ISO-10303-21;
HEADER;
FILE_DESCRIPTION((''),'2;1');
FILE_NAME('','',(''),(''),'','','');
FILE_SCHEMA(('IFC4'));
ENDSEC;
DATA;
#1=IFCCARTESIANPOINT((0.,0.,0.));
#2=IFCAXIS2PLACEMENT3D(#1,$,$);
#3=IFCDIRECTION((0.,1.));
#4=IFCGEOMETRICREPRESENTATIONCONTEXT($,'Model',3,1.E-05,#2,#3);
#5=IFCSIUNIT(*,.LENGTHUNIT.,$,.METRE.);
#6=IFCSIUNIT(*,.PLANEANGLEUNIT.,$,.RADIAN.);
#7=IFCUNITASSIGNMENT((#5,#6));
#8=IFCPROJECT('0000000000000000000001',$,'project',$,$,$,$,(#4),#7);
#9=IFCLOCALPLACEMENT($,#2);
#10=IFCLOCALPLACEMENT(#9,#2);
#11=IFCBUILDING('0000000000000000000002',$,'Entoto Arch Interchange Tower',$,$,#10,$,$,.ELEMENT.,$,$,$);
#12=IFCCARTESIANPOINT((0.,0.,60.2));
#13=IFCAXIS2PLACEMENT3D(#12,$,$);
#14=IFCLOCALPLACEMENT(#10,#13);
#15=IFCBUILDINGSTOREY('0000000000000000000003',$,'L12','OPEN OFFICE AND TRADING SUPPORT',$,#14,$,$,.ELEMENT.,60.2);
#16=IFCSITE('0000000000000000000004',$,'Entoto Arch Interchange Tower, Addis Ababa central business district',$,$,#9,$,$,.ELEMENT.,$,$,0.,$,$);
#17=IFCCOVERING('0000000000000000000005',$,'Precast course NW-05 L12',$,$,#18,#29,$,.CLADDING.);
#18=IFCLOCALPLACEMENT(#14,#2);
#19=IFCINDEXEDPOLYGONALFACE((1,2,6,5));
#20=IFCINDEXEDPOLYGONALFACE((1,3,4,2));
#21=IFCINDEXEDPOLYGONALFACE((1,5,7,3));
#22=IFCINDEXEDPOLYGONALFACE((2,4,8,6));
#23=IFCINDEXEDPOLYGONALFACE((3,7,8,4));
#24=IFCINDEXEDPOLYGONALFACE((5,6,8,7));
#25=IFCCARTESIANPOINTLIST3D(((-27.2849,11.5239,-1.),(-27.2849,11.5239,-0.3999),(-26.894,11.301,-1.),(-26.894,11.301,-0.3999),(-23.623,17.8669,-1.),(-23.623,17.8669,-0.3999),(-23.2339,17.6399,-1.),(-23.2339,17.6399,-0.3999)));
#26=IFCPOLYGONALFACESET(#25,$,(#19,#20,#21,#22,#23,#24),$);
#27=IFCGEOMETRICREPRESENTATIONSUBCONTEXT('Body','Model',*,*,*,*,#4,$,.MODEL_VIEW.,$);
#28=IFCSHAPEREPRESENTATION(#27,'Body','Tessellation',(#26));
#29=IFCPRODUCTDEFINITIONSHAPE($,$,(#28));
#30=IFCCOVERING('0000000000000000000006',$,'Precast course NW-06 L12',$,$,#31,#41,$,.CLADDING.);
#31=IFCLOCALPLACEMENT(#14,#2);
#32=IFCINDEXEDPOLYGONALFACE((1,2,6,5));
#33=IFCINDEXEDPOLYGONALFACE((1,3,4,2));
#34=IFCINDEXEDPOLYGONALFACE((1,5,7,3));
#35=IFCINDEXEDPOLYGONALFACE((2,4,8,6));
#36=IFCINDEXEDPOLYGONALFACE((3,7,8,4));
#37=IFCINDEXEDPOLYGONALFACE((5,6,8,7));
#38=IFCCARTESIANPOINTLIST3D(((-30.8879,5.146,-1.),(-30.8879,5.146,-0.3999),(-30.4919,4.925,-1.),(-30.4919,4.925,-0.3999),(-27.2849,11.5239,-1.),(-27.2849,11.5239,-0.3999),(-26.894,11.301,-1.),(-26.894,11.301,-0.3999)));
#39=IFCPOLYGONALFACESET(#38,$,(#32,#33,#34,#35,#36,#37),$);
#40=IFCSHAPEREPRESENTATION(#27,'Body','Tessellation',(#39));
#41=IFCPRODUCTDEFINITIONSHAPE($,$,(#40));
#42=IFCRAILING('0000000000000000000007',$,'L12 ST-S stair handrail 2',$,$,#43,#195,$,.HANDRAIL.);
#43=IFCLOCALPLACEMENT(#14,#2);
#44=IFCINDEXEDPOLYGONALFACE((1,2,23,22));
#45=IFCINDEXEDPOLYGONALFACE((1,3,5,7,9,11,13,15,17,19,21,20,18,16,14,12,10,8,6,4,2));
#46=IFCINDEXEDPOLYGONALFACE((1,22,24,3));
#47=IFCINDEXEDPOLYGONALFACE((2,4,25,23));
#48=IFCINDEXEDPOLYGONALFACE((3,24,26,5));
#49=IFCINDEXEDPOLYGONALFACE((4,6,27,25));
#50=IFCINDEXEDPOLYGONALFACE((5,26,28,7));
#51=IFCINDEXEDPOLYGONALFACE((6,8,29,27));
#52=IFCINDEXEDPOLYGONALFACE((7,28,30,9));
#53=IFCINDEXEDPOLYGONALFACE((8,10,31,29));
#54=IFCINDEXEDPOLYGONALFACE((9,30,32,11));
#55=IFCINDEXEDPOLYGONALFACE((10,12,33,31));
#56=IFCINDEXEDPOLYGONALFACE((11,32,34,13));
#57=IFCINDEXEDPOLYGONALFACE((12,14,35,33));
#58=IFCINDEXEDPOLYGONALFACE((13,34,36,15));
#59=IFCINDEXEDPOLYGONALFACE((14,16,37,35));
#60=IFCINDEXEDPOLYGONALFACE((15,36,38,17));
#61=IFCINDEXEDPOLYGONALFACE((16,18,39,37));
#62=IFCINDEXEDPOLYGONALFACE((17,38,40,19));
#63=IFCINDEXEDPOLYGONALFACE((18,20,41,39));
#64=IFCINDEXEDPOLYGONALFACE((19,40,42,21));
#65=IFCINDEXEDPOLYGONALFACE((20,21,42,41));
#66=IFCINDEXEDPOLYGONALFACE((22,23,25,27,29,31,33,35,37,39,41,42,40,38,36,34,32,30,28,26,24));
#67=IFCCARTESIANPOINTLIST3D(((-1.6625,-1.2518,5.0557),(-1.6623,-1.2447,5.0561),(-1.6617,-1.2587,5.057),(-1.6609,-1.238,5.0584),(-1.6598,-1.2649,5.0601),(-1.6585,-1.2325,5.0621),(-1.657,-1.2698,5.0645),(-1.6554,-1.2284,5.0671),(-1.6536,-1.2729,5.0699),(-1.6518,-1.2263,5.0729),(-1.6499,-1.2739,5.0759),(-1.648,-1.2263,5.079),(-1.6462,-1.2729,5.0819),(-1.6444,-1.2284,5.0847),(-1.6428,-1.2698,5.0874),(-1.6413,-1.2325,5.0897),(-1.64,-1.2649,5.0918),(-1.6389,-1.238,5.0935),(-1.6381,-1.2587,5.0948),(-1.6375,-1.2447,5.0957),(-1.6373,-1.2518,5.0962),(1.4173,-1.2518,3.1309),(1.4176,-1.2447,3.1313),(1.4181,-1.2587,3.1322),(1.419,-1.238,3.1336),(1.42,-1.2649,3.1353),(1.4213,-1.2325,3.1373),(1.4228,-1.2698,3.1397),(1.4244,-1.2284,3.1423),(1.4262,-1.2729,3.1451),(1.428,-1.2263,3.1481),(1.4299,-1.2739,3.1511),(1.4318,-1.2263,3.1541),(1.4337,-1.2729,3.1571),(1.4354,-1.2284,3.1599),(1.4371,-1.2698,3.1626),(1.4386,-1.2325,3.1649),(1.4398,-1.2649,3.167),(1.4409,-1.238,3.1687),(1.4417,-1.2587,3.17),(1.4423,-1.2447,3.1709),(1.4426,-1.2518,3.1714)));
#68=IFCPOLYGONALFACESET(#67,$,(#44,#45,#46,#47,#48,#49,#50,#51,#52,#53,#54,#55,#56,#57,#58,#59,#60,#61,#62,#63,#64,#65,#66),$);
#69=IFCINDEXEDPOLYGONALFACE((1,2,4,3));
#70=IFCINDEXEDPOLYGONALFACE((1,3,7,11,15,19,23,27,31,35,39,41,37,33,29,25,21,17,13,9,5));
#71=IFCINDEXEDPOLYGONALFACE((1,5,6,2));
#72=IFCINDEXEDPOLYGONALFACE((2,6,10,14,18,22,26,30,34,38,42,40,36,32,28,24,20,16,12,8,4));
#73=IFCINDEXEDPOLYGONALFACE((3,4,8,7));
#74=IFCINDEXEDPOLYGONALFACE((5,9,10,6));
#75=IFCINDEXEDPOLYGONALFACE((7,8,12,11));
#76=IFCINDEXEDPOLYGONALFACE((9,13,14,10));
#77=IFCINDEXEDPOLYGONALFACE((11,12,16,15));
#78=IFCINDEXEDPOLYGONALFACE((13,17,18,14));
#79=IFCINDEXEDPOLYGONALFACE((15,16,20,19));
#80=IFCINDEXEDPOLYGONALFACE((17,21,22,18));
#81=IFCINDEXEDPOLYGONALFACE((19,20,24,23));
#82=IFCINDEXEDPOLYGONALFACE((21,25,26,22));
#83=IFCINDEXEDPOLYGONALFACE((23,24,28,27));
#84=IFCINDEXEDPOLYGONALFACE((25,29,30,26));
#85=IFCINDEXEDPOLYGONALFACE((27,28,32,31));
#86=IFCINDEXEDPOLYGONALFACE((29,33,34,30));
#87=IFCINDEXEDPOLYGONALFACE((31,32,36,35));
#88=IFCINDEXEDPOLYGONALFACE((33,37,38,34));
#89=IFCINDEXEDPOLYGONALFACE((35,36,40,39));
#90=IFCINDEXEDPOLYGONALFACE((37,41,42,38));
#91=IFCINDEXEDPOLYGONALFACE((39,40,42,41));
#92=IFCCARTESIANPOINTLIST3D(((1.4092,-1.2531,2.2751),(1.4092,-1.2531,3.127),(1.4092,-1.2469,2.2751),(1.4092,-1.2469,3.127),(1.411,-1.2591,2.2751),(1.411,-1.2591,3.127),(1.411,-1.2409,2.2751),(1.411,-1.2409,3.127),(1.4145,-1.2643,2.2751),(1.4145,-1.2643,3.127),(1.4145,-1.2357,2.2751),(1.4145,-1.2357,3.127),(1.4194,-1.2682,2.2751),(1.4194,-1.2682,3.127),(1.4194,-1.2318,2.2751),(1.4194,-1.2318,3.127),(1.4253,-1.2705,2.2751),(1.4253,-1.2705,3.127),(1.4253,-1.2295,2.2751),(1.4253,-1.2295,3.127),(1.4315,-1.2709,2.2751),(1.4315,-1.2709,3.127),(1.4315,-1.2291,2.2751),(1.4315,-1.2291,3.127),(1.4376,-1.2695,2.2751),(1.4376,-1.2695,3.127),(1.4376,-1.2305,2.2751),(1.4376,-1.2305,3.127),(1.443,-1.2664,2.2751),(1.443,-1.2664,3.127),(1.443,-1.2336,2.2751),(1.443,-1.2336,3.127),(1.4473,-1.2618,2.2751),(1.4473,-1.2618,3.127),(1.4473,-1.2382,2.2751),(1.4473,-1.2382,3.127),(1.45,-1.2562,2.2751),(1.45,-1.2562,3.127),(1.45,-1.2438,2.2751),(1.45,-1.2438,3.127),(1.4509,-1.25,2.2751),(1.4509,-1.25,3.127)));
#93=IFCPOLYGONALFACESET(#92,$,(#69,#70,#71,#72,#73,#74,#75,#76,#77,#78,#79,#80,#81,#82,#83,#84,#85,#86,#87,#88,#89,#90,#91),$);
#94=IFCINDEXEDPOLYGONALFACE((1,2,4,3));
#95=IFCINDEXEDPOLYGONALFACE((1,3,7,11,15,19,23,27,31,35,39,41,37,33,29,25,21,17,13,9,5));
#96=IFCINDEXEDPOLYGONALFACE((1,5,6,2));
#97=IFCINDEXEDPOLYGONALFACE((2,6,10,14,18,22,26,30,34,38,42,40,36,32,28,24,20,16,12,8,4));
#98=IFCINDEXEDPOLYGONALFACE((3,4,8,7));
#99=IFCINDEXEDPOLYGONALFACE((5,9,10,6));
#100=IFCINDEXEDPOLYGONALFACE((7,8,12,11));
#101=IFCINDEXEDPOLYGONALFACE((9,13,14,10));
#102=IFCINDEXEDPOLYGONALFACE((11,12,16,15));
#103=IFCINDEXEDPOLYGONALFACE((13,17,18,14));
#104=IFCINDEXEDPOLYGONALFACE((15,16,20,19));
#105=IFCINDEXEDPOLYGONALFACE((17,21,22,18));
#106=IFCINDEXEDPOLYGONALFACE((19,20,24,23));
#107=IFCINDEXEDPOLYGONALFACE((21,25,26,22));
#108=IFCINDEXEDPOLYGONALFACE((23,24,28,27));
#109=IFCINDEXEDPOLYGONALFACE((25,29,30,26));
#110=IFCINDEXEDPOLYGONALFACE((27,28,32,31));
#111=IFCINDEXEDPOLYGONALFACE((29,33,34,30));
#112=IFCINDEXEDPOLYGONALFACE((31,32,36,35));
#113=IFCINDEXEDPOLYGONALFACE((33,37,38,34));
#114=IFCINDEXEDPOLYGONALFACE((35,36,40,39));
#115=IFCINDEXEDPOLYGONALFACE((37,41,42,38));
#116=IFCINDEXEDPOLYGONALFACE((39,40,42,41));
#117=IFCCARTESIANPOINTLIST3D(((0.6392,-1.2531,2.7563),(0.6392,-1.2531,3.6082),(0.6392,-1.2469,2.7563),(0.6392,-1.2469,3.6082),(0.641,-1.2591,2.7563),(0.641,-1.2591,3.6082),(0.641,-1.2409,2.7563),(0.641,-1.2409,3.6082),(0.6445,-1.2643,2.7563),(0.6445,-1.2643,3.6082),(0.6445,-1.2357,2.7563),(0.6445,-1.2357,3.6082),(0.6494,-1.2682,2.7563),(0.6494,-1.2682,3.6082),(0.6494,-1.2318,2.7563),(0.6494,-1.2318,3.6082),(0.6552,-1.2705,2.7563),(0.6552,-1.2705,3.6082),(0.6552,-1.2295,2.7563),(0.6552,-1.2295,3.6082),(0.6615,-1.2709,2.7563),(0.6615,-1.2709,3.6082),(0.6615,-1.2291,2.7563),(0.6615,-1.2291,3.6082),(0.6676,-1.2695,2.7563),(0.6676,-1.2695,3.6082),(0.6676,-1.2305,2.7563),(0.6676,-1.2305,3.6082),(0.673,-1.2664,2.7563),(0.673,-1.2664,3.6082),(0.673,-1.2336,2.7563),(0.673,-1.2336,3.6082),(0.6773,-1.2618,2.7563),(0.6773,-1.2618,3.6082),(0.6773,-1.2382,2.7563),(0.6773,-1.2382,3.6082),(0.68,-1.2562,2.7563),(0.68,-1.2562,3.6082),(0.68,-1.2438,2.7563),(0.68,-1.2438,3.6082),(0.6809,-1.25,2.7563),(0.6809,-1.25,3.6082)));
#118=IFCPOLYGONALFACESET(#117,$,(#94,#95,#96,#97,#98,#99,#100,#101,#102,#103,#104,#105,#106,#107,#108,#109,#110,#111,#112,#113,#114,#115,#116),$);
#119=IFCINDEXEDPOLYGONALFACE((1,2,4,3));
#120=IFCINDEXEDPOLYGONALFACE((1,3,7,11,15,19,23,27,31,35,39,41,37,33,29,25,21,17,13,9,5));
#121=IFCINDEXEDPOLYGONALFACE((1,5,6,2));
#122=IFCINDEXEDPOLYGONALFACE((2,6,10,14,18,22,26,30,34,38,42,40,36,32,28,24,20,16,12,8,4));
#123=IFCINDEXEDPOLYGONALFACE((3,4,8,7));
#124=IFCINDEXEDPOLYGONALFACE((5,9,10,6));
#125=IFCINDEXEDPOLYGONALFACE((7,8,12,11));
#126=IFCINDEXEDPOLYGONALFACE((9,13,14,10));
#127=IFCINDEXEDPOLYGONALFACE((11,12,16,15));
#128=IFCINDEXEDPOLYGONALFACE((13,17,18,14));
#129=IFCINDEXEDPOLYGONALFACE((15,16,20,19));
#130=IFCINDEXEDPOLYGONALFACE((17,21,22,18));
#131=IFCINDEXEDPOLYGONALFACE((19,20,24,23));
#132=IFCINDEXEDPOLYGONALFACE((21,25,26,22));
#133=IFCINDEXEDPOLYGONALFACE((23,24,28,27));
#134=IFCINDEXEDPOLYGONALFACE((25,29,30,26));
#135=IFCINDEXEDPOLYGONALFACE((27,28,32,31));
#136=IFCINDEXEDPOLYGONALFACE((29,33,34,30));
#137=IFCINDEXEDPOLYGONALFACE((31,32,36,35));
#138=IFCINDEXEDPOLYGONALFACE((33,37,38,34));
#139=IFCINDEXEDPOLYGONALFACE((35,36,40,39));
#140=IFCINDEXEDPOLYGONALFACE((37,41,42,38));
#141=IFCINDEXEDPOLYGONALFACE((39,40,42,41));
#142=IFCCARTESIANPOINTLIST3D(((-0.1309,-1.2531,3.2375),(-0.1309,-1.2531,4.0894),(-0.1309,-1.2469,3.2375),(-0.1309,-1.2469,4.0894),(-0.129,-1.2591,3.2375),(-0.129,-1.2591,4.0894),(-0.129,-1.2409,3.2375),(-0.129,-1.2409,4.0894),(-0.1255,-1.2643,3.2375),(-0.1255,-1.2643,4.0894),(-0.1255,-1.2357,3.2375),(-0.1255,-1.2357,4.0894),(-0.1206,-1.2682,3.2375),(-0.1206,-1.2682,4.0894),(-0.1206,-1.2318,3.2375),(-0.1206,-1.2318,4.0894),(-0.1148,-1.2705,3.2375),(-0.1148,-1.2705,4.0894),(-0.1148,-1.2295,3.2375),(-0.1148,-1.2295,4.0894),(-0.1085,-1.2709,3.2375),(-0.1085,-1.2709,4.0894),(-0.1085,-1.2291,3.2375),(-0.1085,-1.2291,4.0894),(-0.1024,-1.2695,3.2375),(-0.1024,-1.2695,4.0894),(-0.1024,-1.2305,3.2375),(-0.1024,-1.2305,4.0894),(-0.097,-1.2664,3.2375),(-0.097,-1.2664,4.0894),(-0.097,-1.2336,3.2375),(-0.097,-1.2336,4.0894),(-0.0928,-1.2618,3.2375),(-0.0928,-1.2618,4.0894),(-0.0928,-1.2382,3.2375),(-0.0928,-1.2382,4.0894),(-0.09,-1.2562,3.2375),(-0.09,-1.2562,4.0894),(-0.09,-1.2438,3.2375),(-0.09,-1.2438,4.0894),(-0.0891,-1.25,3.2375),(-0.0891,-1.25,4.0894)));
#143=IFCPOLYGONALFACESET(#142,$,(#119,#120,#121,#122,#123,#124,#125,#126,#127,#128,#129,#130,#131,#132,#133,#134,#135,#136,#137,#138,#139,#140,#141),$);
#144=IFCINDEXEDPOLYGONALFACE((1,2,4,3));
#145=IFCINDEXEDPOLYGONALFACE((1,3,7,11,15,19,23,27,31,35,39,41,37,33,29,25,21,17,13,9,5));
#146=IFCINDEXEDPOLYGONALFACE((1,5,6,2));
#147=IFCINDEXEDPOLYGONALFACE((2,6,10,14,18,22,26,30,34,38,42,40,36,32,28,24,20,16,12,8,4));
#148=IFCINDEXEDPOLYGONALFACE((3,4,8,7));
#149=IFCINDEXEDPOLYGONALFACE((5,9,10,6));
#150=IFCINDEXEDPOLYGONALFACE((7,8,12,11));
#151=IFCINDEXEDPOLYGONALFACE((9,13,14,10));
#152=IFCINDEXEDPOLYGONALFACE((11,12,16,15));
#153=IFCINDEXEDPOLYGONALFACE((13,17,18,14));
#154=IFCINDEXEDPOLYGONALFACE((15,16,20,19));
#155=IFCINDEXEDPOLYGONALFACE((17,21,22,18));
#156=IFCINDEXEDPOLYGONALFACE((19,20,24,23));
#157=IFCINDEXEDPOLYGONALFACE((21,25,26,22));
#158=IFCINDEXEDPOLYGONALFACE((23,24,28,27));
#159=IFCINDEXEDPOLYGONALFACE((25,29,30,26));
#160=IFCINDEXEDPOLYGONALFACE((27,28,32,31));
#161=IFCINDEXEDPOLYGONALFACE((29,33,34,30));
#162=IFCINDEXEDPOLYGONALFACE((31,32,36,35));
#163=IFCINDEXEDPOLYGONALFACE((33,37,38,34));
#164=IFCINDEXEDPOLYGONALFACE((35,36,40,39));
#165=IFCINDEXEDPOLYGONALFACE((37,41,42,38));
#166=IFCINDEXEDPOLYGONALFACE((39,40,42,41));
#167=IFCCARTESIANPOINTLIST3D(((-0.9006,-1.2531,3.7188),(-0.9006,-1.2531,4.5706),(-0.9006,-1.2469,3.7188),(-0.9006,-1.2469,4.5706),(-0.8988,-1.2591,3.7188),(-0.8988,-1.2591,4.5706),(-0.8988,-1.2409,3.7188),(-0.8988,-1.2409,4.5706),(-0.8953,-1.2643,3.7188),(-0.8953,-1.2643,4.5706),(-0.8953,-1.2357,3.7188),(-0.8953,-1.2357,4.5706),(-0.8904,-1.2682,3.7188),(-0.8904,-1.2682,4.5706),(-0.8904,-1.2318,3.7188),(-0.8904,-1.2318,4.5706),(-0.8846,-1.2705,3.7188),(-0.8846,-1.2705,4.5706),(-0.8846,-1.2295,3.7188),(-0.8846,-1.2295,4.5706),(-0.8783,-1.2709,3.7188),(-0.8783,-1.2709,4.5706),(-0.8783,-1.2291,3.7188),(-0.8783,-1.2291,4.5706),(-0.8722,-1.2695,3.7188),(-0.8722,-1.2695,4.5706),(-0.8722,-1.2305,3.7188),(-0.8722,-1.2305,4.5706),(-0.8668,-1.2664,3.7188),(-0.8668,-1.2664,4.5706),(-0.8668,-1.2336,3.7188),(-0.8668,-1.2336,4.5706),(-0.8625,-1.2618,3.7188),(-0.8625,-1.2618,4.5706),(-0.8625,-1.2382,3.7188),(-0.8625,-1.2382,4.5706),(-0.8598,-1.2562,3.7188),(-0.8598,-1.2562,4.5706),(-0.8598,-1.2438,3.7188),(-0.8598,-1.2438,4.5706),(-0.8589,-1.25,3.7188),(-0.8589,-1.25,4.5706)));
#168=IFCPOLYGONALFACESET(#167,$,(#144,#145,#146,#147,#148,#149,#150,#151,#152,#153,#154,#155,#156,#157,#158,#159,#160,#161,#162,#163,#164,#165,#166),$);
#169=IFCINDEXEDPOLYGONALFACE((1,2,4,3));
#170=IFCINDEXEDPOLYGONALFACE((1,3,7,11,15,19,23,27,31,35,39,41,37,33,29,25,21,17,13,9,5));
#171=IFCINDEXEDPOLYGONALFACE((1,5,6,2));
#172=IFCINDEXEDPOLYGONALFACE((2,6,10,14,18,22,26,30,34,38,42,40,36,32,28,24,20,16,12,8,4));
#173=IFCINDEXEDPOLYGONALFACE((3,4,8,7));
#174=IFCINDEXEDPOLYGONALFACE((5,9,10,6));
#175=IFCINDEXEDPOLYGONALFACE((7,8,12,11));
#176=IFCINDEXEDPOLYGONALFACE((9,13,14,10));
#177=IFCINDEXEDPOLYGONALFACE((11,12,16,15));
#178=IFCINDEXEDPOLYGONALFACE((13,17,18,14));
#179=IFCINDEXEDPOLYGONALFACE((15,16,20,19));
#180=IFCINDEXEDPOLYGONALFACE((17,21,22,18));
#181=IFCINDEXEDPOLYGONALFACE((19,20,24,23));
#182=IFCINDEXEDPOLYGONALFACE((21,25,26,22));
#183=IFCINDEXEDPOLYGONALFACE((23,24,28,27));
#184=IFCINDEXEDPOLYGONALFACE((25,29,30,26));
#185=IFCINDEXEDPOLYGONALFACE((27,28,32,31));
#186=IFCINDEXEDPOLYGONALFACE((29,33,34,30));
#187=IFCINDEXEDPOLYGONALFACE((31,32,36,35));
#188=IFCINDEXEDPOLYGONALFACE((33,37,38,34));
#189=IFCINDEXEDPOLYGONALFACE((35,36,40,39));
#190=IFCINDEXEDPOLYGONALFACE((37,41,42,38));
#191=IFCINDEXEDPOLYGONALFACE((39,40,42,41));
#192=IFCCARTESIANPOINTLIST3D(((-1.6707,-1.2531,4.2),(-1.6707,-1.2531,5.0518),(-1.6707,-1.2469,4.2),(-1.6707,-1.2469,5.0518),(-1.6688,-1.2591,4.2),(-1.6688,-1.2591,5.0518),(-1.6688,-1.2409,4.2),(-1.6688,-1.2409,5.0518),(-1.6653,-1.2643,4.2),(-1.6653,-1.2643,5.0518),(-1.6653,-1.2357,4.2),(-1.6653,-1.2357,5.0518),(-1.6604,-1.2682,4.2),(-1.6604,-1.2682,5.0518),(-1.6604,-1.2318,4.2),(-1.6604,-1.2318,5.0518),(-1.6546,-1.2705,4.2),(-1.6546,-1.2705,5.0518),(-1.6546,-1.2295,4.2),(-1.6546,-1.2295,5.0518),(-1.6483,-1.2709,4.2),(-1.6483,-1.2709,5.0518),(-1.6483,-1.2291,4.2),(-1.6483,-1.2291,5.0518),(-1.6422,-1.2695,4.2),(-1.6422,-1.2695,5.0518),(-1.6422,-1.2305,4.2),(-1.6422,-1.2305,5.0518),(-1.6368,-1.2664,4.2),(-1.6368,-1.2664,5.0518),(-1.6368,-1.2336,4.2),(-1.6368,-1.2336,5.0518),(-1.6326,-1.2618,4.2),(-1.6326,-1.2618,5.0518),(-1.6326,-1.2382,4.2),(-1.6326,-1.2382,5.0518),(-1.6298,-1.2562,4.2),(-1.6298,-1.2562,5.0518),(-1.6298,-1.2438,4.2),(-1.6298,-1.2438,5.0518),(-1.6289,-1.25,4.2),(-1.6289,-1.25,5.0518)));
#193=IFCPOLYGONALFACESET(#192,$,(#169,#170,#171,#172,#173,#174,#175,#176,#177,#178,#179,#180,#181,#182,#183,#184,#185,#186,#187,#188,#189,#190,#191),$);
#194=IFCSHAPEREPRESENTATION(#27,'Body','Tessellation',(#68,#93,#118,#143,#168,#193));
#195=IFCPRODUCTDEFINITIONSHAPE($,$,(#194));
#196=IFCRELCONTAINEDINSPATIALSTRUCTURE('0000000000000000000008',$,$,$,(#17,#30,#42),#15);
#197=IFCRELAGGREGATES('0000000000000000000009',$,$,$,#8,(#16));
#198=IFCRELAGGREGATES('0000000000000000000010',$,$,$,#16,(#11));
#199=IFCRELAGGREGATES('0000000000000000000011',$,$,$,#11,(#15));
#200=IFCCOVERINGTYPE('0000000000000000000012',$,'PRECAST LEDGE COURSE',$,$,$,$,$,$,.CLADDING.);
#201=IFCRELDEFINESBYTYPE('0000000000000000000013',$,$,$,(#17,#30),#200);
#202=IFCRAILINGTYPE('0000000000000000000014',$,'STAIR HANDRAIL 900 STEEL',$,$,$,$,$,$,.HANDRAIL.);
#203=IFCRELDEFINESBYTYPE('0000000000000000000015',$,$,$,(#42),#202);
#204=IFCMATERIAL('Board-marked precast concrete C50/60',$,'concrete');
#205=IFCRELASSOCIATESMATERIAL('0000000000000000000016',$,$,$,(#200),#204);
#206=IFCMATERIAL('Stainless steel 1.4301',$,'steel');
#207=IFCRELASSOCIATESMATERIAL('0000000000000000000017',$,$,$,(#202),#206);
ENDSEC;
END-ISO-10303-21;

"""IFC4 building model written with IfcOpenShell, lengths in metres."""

from ifc_helpers import new_model, si_unit, direction, frame, origin, origin_2d, place, context, subcontext, project, spatial, polyline, circle, outline, extrude, material, type_object, element, save


model = new_model("IFC4")

# Units and contexts
model_context = context("Model", 3, precision=1e-05, world=origin(), true_north=direction((0.0, 1.0)))
body_context = subcontext(model_context, "Body", "Model", "MODEL_VIEW")
ifc_project = project(units=[si_unit("LENGTHUNIT", "METRE"), si_unit("PLANEANGLEUNIT", "RADIAN")], contexts=[model_context])

# Site, building, storey
site_placement = place(None, origin())
site = spatial("IfcSite", under=ifc_project, at=site_placement, Name="Entoto Arch Interchange Tower, Addis Ababa central business district", CompositionType="ELEMENT", RefElevation=0.0)
building_placement = place(site_placement, origin())
building = spatial("IfcBuilding", under=site, at=building_placement, Name="Entoto Arch Interchange Tower", CompositionType="ELEMENT")
storey_placement = place(building_placement, frame((0.0, 0.0, 60.2)))
storey = spatial("IfcBuildingStorey", under=building, at=storey_placement, Name="L12", Description="OPEN OFFICE AND TRADING SUPPORT", CompositionType="ELEMENT", Elevation=60.2)

# Coverings
ifc_material_1 = material(Name="Board-marked precast concrete C50/60", Category="concrete")
covering_type = type_object("IfcCoveringType", Name="PRECAST LEDGE COURSE", PredefinedType="CLADDING", material=ifc_material_1)
covering_1_placement = place(storey_placement, frame((0.0, 0.0, -1.0)))
element("IfcCovering", 1, at=covering_1_placement, inside=storey, type_object=covering_type, Name="Precast course NW-05 L12", PredefinedType="CLADDING", context=body_context, shape_type="SweptSolid", body=[
    extrude(outline(polyline([(-26.894, 11.301), (-27.2849, 11.5239), (-23.623, 17.8669), (-23.2339, 17.6399), (-26.894, 11.301)])), origin(), (0.0, 0.0, 1.0), 0.6001),
])
covering_2_placement = place(storey_placement, frame((0.0, 0.0, -1.0)))
element("IfcCovering", 2, at=covering_2_placement, inside=storey, type_object=covering_type, Name="Precast course NW-06 L12", PredefinedType="CLADDING", context=body_context, shape_type="SweptSolid", body=[
    extrude(outline(polyline([(-30.4919, 4.925), (-30.8879, 5.146), (-27.2849, 11.5239), (-26.894, 11.301), (-30.4919, 4.925)])), origin(), (0.0, 0.0, 1.0), 0.6001),
])

# Railing
ifc_material_2 = material(Name="Stainless steel 1.4301", Category="steel")
railing_type = type_object("IfcRailingType", Name="STAIR HANDRAIL 900 STEEL", PredefinedType="HANDRAIL", material=ifc_material_2)
railing_placement = place(storey_placement, frame((1.4299, -1.25, 2.2751)))
element("IfcRailing", 3, at=railing_placement, inside=storey, type_object=railing_type, Name="L12 ST-S stair handrail 2", PredefinedType="HANDRAIL", context=body_context, shape_type="SweptSolid", body=[
    extrude(circle(Radius=0.0239, at=origin_2d()), frame((0.0, 0.0, 0.876), z_axis=(-0.84801, 0.0, 0.529981), x_axis=(0.0, -1.0, 0.0)), (0.0, 0.0, 1.0), 3.6318),
    extrude(circle(Radius=0.021, at=origin_2d()), origin(), (0.0, 0.0, 1.0), 0.8518),
    extrude(circle(Radius=0.021, at=origin_2d()), frame((-0.77, 0.0, 0.4812)), (0.0, 0.0, 1.0), 0.8518),
    extrude(circle(Radius=0.021, at=origin_2d()), frame((-1.54, 0.0, 0.9624)), (0.0, 0.0, 1.0), 0.8518),
    extrude(circle(Radius=0.021, at=origin_2d()), frame((-2.3098, 0.0, 1.4436)), (0.0, 0.0, 1.0), 0.8518),
    extrude(circle(Radius=0.021, at=origin_2d()), frame((-3.0798, 0.0, 1.9248)), (0.0, 0.0, 1.0), 0.8518),
])

save(model, "model.ifc")
